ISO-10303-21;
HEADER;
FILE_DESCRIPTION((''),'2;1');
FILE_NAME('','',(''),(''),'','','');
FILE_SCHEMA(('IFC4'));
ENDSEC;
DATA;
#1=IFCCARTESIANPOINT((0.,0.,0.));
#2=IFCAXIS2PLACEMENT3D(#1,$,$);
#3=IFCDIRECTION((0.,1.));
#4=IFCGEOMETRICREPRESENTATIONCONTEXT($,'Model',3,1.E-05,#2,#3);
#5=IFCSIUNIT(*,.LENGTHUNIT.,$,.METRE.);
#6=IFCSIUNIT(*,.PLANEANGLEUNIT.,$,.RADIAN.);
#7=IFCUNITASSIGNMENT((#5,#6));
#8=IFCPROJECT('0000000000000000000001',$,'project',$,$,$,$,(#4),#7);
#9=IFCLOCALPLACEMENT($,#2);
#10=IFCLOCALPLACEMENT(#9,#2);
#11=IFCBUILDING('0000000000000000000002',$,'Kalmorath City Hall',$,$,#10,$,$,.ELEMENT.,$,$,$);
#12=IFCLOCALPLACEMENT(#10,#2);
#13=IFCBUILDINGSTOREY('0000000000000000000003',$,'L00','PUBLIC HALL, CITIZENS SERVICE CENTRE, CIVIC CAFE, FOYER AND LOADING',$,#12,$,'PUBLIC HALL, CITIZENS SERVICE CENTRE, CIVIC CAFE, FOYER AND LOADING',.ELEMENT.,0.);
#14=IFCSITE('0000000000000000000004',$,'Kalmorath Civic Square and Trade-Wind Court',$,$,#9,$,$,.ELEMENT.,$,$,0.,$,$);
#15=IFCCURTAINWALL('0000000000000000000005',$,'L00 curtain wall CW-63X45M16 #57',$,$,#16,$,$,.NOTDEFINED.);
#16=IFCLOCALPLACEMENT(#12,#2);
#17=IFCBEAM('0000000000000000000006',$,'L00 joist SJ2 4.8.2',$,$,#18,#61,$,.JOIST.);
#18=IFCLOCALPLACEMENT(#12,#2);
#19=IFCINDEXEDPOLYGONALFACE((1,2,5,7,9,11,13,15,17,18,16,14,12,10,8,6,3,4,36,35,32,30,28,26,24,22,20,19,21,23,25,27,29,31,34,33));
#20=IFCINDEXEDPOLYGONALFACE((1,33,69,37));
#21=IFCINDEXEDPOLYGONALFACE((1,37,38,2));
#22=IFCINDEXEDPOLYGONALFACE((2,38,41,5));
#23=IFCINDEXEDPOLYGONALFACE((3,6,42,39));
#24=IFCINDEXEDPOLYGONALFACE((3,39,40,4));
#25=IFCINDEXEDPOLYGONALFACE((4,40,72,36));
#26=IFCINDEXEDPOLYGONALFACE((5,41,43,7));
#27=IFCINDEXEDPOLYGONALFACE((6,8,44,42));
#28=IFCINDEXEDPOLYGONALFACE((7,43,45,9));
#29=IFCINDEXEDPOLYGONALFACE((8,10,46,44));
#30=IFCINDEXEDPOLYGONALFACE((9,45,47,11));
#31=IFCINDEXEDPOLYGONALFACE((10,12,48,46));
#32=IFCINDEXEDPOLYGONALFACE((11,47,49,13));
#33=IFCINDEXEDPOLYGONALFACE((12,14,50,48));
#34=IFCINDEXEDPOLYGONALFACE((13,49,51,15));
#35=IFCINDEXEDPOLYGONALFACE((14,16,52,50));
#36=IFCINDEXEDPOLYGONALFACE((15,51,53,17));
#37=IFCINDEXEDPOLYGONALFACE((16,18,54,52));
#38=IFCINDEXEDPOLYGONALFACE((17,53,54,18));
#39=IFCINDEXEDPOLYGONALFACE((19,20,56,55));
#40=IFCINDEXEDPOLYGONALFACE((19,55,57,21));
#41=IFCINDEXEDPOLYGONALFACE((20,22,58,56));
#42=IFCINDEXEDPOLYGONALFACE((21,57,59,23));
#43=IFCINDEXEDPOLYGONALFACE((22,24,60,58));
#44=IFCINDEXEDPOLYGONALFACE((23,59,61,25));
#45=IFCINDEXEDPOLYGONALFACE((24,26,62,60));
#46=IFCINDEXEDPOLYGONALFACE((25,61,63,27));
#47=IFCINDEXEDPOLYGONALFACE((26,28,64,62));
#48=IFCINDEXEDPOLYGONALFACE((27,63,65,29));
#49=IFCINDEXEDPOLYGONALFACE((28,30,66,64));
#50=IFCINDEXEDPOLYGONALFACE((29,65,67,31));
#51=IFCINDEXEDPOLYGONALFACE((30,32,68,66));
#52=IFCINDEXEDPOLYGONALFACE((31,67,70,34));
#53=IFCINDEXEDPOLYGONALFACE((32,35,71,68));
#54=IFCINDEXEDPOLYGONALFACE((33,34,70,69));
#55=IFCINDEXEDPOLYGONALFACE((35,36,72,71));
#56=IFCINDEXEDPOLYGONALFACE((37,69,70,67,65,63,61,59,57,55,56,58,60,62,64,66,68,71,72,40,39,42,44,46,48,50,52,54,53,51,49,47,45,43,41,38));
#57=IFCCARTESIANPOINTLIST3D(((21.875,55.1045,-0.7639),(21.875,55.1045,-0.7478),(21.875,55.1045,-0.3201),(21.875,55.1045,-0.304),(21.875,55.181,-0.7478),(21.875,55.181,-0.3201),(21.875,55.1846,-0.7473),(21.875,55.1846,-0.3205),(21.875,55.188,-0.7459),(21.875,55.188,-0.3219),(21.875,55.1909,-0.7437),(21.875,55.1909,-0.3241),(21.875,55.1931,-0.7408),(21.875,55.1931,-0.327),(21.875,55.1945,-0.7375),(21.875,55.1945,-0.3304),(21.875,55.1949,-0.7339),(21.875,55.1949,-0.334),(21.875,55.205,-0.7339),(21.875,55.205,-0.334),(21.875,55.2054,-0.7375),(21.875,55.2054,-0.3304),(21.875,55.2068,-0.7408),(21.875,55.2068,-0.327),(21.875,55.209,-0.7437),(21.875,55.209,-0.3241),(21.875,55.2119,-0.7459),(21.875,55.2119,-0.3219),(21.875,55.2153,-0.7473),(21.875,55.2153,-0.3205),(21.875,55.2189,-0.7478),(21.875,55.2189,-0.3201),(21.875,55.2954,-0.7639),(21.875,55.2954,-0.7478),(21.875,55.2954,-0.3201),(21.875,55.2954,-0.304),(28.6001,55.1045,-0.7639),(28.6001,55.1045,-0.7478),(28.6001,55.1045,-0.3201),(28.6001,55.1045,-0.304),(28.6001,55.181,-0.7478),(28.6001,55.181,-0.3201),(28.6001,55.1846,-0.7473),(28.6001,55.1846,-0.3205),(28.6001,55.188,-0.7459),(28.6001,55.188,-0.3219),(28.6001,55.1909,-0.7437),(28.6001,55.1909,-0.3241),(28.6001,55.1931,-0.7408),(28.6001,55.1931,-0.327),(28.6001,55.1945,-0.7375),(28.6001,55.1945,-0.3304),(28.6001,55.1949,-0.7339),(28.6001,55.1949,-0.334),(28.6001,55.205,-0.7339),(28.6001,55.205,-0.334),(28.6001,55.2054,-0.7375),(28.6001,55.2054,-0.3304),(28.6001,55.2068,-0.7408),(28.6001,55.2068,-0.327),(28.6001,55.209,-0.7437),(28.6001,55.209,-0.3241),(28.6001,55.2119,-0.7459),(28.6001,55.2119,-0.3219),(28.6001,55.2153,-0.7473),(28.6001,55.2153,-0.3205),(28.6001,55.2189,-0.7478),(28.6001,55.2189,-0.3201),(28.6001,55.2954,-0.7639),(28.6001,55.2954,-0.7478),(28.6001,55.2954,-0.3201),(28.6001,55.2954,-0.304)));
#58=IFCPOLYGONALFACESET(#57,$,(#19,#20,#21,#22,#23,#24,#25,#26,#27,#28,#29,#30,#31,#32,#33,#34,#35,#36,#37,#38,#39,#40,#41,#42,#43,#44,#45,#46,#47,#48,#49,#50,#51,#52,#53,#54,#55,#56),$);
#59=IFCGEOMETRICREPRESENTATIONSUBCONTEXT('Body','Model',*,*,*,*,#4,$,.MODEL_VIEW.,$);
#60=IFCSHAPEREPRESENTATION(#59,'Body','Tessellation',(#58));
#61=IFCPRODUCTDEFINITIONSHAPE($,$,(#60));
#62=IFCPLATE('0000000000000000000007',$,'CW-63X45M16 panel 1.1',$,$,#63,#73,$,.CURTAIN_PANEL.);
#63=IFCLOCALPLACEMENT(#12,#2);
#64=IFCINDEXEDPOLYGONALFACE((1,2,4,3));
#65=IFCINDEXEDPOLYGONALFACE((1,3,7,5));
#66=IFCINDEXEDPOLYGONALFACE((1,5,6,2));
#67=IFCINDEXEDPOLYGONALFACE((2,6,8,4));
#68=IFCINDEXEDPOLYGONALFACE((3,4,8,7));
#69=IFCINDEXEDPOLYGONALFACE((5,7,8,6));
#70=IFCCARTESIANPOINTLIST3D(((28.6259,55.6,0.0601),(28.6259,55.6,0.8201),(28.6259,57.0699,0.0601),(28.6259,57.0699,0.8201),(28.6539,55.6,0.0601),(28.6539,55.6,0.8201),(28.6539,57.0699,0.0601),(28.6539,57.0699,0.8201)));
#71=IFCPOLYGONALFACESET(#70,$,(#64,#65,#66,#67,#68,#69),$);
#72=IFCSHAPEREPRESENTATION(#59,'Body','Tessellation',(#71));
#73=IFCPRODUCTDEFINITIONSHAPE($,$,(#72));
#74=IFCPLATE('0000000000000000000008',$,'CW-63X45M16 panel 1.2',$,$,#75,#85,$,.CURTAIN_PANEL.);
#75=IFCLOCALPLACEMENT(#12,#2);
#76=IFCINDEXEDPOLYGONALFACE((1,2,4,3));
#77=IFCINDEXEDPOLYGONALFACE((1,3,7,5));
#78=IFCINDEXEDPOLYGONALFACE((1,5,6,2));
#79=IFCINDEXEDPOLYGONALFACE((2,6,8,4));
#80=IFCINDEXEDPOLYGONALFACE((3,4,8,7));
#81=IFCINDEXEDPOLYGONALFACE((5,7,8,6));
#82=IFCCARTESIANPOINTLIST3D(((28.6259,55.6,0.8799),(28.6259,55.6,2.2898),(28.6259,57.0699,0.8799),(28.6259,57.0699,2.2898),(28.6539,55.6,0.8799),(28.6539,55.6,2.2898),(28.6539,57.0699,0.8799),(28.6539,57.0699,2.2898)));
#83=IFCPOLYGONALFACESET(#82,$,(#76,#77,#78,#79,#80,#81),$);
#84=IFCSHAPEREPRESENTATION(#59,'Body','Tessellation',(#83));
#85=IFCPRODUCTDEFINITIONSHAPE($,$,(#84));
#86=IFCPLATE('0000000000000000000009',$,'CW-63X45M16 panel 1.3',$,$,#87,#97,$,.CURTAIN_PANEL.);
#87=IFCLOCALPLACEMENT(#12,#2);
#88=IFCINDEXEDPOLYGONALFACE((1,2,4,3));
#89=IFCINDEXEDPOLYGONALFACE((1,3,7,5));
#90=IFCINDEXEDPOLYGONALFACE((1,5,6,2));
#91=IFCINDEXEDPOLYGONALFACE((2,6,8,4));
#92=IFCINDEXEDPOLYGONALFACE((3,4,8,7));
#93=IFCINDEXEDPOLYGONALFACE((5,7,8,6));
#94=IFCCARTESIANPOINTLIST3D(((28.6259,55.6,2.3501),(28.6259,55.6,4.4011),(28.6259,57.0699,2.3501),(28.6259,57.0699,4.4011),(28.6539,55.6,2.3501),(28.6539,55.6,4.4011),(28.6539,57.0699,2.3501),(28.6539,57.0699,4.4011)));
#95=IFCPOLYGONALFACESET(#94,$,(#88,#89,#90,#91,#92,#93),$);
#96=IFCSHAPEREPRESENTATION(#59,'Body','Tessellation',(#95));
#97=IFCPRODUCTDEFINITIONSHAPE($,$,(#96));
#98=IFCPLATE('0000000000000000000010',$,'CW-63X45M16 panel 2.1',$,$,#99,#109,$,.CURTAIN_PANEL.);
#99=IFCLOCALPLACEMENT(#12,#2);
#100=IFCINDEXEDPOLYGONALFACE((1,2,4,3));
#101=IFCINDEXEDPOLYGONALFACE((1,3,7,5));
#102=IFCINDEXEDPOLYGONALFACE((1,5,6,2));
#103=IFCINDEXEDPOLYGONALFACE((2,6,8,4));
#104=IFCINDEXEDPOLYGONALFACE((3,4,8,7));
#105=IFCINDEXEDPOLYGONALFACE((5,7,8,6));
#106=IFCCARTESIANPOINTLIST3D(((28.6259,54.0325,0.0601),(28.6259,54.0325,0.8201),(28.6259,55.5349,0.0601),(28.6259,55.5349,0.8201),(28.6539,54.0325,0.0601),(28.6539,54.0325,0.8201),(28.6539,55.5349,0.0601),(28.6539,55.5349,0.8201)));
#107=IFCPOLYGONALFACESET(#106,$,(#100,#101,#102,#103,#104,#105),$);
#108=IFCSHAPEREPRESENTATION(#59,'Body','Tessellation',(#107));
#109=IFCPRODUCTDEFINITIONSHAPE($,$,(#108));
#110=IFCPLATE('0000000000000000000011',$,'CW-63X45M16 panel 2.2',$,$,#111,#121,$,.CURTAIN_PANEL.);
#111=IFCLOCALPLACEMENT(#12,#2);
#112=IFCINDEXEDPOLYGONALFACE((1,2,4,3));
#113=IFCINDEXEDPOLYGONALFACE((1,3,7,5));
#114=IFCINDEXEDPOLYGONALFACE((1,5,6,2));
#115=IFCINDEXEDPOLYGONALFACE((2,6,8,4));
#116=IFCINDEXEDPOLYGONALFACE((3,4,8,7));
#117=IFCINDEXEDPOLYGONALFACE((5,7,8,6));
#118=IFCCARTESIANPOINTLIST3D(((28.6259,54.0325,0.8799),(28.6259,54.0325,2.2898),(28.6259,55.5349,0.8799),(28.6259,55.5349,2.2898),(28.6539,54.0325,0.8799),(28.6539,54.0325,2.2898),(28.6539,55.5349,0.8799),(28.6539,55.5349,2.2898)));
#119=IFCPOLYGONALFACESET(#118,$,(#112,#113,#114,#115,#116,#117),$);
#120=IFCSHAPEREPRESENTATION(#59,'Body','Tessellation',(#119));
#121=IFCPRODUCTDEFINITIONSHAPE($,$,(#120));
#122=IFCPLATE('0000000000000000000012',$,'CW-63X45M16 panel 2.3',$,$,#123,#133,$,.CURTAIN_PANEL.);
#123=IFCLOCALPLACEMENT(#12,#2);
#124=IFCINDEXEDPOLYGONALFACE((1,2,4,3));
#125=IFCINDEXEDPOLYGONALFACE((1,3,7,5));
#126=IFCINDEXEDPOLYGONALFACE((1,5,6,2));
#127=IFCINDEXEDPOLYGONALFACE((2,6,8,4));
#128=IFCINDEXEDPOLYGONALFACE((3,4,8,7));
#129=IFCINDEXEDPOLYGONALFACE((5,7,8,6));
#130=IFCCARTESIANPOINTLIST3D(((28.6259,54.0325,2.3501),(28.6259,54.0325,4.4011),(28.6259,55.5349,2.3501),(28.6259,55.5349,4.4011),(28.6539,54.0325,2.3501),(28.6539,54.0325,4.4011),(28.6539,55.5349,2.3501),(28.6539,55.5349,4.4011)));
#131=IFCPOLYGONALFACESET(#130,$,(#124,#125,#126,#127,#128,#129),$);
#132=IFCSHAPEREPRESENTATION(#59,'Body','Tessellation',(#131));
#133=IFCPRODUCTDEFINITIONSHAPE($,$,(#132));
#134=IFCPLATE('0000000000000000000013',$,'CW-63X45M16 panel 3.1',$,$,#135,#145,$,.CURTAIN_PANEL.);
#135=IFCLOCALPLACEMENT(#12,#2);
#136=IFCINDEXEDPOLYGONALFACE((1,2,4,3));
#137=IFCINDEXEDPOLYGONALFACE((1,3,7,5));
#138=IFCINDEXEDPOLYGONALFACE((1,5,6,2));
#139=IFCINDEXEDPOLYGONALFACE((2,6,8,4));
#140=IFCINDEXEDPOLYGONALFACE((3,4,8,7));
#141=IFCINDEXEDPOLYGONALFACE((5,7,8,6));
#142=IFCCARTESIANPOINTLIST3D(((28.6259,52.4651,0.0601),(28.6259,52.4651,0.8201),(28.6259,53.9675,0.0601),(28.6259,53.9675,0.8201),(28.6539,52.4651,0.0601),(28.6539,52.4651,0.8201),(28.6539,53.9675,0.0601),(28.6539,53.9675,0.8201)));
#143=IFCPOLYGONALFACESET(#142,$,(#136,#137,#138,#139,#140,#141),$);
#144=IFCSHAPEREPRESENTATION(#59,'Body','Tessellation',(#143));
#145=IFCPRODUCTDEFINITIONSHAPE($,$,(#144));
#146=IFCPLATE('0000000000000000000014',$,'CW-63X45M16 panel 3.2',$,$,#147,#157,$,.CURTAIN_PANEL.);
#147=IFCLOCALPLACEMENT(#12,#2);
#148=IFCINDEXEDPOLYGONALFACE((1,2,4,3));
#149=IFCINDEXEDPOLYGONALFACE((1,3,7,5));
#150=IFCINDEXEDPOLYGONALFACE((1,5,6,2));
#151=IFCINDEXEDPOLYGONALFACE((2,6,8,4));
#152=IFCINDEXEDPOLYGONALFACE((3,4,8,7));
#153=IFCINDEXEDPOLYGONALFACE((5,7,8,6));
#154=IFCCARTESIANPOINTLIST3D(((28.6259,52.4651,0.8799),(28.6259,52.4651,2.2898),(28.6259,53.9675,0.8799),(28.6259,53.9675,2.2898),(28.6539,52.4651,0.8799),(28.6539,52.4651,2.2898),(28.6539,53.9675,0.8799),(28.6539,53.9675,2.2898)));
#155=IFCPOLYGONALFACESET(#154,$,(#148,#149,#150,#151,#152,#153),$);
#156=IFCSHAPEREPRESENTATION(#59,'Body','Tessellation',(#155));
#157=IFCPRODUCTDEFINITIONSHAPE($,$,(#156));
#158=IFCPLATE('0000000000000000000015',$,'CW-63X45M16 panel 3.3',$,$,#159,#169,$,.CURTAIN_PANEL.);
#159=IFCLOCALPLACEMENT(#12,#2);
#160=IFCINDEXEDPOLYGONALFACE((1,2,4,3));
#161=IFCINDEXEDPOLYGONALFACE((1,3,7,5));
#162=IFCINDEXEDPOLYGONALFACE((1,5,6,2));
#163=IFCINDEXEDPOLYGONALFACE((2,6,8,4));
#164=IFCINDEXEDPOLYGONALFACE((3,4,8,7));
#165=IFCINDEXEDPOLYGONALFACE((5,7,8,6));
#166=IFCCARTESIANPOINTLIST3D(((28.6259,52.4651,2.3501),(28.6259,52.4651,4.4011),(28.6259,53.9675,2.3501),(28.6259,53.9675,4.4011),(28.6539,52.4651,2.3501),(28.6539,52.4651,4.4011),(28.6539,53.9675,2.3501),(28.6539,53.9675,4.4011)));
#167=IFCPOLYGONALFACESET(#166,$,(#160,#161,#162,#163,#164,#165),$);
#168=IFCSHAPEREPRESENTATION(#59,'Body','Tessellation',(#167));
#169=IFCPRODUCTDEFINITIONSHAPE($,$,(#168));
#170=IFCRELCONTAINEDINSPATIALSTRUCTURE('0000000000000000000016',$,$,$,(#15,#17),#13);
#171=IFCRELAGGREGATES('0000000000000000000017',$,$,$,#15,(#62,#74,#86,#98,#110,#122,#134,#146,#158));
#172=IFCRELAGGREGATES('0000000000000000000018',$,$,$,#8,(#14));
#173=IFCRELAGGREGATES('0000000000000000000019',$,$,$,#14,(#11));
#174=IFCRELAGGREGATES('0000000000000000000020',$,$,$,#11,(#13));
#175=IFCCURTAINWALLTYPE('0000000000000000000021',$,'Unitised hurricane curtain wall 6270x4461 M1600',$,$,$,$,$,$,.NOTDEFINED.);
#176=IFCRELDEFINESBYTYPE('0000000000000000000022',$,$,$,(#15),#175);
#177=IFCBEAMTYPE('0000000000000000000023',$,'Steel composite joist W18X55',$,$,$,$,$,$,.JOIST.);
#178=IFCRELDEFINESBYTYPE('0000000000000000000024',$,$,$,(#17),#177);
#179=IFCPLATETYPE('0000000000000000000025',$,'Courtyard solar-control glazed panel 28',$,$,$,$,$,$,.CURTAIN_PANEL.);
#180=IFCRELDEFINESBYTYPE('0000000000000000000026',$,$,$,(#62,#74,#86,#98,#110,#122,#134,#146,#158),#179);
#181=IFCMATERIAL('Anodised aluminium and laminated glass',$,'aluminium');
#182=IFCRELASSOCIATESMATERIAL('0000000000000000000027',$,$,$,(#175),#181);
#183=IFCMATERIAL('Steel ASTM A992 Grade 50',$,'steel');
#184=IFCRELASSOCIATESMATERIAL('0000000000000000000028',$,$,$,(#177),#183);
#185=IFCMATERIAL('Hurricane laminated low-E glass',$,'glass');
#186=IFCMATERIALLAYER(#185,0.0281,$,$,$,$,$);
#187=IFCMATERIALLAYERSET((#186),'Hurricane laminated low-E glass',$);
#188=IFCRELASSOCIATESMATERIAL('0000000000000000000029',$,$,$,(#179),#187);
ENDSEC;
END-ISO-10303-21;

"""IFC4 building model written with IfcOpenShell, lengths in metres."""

from ifc_helpers import new_model, si_unit, direction, frame, origin, origin_2d, place, context, subcontext, project, spatial, rectangle, i_section, extrude, material, layer, layer_set, material_profile, profile_set, type_object, element, aggregate, save


model = new_model("IFC4")

# Units and contexts
model_context = context("Model", 3, precision=1e-05, world=origin(), true_north=direction((0.0, 1.0)))
body_context = subcontext(model_context, "Body", "Model", "MODEL_VIEW")
ifc_project = project(units=[si_unit("LENGTHUNIT", "METRE"), si_unit("PLANEANGLEUNIT", "RADIAN")], contexts=[model_context])

# Site, building, storey
site_placement = place(None, origin())
site = spatial("IfcSite", under=ifc_project, at=site_placement, Name="Kalmorath Civic Square and Trade-Wind Court", CompositionType="ELEMENT", RefElevation=0.0)
building_placement = place(site_placement, origin())
building = spatial("IfcBuilding", under=site, at=building_placement, Name="Kalmorath City Hall", CompositionType="ELEMENT")
storey_placement = place(building_placement, origin())
storey = spatial("IfcBuildingStorey", under=building, at=storey_placement, Name="L00", Description="PUBLIC HALL, CITIZENS SERVICE CENTRE, CIVIC CAFE, FOYER AND LOADING", LongName="PUBLIC HALL, CITIZENS SERVICE CENTRE, CIVIC CAFE, FOYER AND LOADING", CompositionType="ELEMENT", Elevation=0.0)

# Curtain wall
ifc_material_1 = material(Name="Anodised aluminium and laminated glass", Category="aluminium")
curtain_wall_type = type_object("IfcCurtainWallType", Name="Unitised hurricane curtain wall 6270x4461 M1600", PredefinedType="NOTDEFINED", material=ifc_material_1)
curtain_wall_placement = place(storey_placement, origin())
curtain_wall = element("IfcCurtainWall", 1, at=curtain_wall_placement, inside=storey, type_object=curtain_wall_type, Name="L00 curtain wall CW-63X45M16 #57", PredefinedType="NOTDEFINED")

# Beam
ifc_material_2 = material(Name="Steel ASTM A992 Grade 50", Category="steel")
ifc_material_profile_1 = material_profile(ifc_material_2, i_section(OverallWidth=0.1909, OverallDepth=0.46, WebThickness=0.01, FlangeThickness=0.0161, FilletRadius=0.0139, at=origin_2d()), Name="W18X55")
ifc_profile_set_1 = profile_set([ifc_material_profile_1], Name="Steel ASTM A992 Grade 50")
beam_type = type_object("IfcBeamType", Name="Steel composite joist W18X55", PredefinedType="JOIST", material=ifc_profile_set_1)
for number, where, z_axis, x_axis, name in (
    (2, (21.875, 55.2, -0.5339), (1.0, 0.0, 0.0), (0.0, 1.0, 0.0), "L00 joist SJ2 4.8.2"),
):
    element("IfcBeam", number, at=place(storey_placement, frame(where, z_axis=z_axis, x_axis=x_axis)), inside=storey, type_object=beam_type, Name=name, PredefinedType="JOIST", context=body_context, shape_type="SweptSolid", body=[
        extrude(i_section(OverallWidth=0.1909, OverallDepth=0.46, WebThickness=0.01, FlangeThickness=0.0161, FilletRadius=0.0139, at=origin_2d()), origin(), (0.0, 0.0, 1.0), 6.7251),
    ])

# Plates
ifc_material_3 = material(Name="Hurricane laminated low-E glass", Category="glass")
ifc_layer = layer(ifc_material_3, 0.0281)
ifc_layer_set = layer_set([ifc_layer], Name="Hurricane laminated low-E glass")
plate_type = type_object("IfcPlateType", Name="Courtyard solar-control glazed panel 28", PredefinedType="CURTAIN_PANEL", material=ifc_layer_set)
plate_1_placement = place(storey_placement, frame((28.6399, 56.335, 0.0601), z_axis=(0.0, 0.0, 1.0), x_axis=(0.0, -1.0, 0.0)))
plate_1 = element("IfcPlate", 3, at=plate_1_placement, type_object=plate_type, Name="CW-63X45M16 panel 1.1", PredefinedType="CURTAIN_PANEL", context=body_context, shape_type="SweptSolid", body=[
    extrude(rectangle(XDim=1.47, YDim=0.0281, at=origin_2d()), origin(), (0.0, 0.0, 1.0), 0.76),
])
plate_2_placement = place(storey_placement, frame((28.6399, 56.335, 0.8799), z_axis=(0.0, 0.0, 1.0), x_axis=(0.0, -1.0, 0.0)))
plate_2 = element("IfcPlate", 4, at=plate_2_placement, type_object=plate_type, Name="CW-63X45M16 panel 1.2", PredefinedType="CURTAIN_PANEL", context=body_context, shape_type="SweptSolid", body=[
    extrude(rectangle(XDim=1.47, YDim=0.0281, at=origin_2d()), origin(), (0.0, 0.0, 1.0), 1.4099),
])
plate_3_placement = place(storey_placement, frame((28.6399, 56.335, 2.3501), z_axis=(0.0, 0.0, 1.0), x_axis=(0.0, -1.0, 0.0)))
plate_3 = element("IfcPlate", 5, at=plate_3_placement, type_object=plate_type, Name="CW-63X45M16 panel 1.3", PredefinedType="CURTAIN_PANEL", context=body_context, shape_type="SweptSolid", body=[
    extrude(rectangle(XDim=1.47, YDim=0.0281, at=origin_2d()), origin(), (0.0, 0.0, 1.0), 2.051),
])
plate_4_placement = place(storey_placement, frame((28.6399, 54.7837, 0.0601), z_axis=(0.0, 0.0, 1.0), x_axis=(0.0, -1.0, 0.0)))
plate_4 = element("IfcPlate", 6, at=plate_4_placement, type_object=plate_type, Name="CW-63X45M16 panel 2.1", PredefinedType="CURTAIN_PANEL", context=body_context, shape_type="SweptSolid", body=[
    extrude(rectangle(XDim=1.5024, YDim=0.0281, at=origin_2d()), origin(), (0.0, 0.0, 1.0), 0.76),
])
plate_5_placement = place(storey_placement, frame((28.6399, 54.7837, 0.8799), z_axis=(0.0, 0.0, 1.0), x_axis=(0.0, -1.0, 0.0)))
plate_5 = element("IfcPlate", 7, at=plate_5_placement, type_object=plate_type, Name="CW-63X45M16 panel 2.2", PredefinedType="CURTAIN_PANEL", context=body_context, shape_type="SweptSolid", body=[
    extrude(rectangle(XDim=1.5024, YDim=0.0281, at=origin_2d()), origin(), (0.0, 0.0, 1.0), 1.4099),
])
plate_6_placement = place(storey_placement, frame((28.6399, 54.7837, 2.3501), z_axis=(0.0, 0.0, 1.0), x_axis=(0.0, -1.0, 0.0)))
plate_6 = element("IfcPlate", 8, at=plate_6_placement, type_object=plate_type, Name="CW-63X45M16 panel 2.3", PredefinedType="CURTAIN_PANEL", context=body_context, shape_type="SweptSolid", body=[
    extrude(rectangle(XDim=1.5024, YDim=0.0281, at=origin_2d()), origin(), (0.0, 0.0, 1.0), 2.051),
])
plate_7_placement = place(storey_placement, frame((28.6399, 53.2163, 0.0601), z_axis=(0.0, 0.0, 1.0), x_axis=(0.0, -1.0, 0.0)))
plate_7 = element("IfcPlate", 9, at=plate_7_placement, type_object=plate_type, Name="CW-63X45M16 panel 3.1", PredefinedType="CURTAIN_PANEL", context=body_context, shape_type="SweptSolid", body=[
    extrude(rectangle(XDim=1.5024, YDim=0.0281, at=origin_2d()), origin(), (0.0, 0.0, 1.0), 0.76),
])
plate_8_placement = place(storey_placement, frame((28.6399, 53.2163, 0.8799), z_axis=(0.0, 0.0, 1.0), x_axis=(0.0, -1.0, 0.0)))
plate_8 = element("IfcPlate", 10, at=plate_8_placement, type_object=plate_type, Name="CW-63X45M16 panel 3.2", PredefinedType="CURTAIN_PANEL", context=body_context, shape_type="SweptSolid", body=[
    extrude(rectangle(XDim=1.5024, YDim=0.0281, at=origin_2d()), origin(), (0.0, 0.0, 1.0), 1.4099),
])
plate_9_placement = place(storey_placement, frame((28.6399, 53.2163, 2.3501), z_axis=(0.0, 0.0, 1.0), x_axis=(0.0, -1.0, 0.0)))
plate_9 = element("IfcPlate", 11, at=plate_9_placement, type_object=plate_type, Name="CW-63X45M16 panel 3.3", PredefinedType="CURTAIN_PANEL", context=body_context, shape_type="SweptSolid", body=[
    extrude(rectangle(XDim=1.5024, YDim=0.0281, at=origin_2d()), origin(), (0.0, 0.0, 1.0), 2.051),
])
aggregate(curtain_wall, [plate_1, plate_2, plate_3, plate_4, plate_5, plate_6, plate_7, plate_8, plate_9])

save(model, "model.ifc")
